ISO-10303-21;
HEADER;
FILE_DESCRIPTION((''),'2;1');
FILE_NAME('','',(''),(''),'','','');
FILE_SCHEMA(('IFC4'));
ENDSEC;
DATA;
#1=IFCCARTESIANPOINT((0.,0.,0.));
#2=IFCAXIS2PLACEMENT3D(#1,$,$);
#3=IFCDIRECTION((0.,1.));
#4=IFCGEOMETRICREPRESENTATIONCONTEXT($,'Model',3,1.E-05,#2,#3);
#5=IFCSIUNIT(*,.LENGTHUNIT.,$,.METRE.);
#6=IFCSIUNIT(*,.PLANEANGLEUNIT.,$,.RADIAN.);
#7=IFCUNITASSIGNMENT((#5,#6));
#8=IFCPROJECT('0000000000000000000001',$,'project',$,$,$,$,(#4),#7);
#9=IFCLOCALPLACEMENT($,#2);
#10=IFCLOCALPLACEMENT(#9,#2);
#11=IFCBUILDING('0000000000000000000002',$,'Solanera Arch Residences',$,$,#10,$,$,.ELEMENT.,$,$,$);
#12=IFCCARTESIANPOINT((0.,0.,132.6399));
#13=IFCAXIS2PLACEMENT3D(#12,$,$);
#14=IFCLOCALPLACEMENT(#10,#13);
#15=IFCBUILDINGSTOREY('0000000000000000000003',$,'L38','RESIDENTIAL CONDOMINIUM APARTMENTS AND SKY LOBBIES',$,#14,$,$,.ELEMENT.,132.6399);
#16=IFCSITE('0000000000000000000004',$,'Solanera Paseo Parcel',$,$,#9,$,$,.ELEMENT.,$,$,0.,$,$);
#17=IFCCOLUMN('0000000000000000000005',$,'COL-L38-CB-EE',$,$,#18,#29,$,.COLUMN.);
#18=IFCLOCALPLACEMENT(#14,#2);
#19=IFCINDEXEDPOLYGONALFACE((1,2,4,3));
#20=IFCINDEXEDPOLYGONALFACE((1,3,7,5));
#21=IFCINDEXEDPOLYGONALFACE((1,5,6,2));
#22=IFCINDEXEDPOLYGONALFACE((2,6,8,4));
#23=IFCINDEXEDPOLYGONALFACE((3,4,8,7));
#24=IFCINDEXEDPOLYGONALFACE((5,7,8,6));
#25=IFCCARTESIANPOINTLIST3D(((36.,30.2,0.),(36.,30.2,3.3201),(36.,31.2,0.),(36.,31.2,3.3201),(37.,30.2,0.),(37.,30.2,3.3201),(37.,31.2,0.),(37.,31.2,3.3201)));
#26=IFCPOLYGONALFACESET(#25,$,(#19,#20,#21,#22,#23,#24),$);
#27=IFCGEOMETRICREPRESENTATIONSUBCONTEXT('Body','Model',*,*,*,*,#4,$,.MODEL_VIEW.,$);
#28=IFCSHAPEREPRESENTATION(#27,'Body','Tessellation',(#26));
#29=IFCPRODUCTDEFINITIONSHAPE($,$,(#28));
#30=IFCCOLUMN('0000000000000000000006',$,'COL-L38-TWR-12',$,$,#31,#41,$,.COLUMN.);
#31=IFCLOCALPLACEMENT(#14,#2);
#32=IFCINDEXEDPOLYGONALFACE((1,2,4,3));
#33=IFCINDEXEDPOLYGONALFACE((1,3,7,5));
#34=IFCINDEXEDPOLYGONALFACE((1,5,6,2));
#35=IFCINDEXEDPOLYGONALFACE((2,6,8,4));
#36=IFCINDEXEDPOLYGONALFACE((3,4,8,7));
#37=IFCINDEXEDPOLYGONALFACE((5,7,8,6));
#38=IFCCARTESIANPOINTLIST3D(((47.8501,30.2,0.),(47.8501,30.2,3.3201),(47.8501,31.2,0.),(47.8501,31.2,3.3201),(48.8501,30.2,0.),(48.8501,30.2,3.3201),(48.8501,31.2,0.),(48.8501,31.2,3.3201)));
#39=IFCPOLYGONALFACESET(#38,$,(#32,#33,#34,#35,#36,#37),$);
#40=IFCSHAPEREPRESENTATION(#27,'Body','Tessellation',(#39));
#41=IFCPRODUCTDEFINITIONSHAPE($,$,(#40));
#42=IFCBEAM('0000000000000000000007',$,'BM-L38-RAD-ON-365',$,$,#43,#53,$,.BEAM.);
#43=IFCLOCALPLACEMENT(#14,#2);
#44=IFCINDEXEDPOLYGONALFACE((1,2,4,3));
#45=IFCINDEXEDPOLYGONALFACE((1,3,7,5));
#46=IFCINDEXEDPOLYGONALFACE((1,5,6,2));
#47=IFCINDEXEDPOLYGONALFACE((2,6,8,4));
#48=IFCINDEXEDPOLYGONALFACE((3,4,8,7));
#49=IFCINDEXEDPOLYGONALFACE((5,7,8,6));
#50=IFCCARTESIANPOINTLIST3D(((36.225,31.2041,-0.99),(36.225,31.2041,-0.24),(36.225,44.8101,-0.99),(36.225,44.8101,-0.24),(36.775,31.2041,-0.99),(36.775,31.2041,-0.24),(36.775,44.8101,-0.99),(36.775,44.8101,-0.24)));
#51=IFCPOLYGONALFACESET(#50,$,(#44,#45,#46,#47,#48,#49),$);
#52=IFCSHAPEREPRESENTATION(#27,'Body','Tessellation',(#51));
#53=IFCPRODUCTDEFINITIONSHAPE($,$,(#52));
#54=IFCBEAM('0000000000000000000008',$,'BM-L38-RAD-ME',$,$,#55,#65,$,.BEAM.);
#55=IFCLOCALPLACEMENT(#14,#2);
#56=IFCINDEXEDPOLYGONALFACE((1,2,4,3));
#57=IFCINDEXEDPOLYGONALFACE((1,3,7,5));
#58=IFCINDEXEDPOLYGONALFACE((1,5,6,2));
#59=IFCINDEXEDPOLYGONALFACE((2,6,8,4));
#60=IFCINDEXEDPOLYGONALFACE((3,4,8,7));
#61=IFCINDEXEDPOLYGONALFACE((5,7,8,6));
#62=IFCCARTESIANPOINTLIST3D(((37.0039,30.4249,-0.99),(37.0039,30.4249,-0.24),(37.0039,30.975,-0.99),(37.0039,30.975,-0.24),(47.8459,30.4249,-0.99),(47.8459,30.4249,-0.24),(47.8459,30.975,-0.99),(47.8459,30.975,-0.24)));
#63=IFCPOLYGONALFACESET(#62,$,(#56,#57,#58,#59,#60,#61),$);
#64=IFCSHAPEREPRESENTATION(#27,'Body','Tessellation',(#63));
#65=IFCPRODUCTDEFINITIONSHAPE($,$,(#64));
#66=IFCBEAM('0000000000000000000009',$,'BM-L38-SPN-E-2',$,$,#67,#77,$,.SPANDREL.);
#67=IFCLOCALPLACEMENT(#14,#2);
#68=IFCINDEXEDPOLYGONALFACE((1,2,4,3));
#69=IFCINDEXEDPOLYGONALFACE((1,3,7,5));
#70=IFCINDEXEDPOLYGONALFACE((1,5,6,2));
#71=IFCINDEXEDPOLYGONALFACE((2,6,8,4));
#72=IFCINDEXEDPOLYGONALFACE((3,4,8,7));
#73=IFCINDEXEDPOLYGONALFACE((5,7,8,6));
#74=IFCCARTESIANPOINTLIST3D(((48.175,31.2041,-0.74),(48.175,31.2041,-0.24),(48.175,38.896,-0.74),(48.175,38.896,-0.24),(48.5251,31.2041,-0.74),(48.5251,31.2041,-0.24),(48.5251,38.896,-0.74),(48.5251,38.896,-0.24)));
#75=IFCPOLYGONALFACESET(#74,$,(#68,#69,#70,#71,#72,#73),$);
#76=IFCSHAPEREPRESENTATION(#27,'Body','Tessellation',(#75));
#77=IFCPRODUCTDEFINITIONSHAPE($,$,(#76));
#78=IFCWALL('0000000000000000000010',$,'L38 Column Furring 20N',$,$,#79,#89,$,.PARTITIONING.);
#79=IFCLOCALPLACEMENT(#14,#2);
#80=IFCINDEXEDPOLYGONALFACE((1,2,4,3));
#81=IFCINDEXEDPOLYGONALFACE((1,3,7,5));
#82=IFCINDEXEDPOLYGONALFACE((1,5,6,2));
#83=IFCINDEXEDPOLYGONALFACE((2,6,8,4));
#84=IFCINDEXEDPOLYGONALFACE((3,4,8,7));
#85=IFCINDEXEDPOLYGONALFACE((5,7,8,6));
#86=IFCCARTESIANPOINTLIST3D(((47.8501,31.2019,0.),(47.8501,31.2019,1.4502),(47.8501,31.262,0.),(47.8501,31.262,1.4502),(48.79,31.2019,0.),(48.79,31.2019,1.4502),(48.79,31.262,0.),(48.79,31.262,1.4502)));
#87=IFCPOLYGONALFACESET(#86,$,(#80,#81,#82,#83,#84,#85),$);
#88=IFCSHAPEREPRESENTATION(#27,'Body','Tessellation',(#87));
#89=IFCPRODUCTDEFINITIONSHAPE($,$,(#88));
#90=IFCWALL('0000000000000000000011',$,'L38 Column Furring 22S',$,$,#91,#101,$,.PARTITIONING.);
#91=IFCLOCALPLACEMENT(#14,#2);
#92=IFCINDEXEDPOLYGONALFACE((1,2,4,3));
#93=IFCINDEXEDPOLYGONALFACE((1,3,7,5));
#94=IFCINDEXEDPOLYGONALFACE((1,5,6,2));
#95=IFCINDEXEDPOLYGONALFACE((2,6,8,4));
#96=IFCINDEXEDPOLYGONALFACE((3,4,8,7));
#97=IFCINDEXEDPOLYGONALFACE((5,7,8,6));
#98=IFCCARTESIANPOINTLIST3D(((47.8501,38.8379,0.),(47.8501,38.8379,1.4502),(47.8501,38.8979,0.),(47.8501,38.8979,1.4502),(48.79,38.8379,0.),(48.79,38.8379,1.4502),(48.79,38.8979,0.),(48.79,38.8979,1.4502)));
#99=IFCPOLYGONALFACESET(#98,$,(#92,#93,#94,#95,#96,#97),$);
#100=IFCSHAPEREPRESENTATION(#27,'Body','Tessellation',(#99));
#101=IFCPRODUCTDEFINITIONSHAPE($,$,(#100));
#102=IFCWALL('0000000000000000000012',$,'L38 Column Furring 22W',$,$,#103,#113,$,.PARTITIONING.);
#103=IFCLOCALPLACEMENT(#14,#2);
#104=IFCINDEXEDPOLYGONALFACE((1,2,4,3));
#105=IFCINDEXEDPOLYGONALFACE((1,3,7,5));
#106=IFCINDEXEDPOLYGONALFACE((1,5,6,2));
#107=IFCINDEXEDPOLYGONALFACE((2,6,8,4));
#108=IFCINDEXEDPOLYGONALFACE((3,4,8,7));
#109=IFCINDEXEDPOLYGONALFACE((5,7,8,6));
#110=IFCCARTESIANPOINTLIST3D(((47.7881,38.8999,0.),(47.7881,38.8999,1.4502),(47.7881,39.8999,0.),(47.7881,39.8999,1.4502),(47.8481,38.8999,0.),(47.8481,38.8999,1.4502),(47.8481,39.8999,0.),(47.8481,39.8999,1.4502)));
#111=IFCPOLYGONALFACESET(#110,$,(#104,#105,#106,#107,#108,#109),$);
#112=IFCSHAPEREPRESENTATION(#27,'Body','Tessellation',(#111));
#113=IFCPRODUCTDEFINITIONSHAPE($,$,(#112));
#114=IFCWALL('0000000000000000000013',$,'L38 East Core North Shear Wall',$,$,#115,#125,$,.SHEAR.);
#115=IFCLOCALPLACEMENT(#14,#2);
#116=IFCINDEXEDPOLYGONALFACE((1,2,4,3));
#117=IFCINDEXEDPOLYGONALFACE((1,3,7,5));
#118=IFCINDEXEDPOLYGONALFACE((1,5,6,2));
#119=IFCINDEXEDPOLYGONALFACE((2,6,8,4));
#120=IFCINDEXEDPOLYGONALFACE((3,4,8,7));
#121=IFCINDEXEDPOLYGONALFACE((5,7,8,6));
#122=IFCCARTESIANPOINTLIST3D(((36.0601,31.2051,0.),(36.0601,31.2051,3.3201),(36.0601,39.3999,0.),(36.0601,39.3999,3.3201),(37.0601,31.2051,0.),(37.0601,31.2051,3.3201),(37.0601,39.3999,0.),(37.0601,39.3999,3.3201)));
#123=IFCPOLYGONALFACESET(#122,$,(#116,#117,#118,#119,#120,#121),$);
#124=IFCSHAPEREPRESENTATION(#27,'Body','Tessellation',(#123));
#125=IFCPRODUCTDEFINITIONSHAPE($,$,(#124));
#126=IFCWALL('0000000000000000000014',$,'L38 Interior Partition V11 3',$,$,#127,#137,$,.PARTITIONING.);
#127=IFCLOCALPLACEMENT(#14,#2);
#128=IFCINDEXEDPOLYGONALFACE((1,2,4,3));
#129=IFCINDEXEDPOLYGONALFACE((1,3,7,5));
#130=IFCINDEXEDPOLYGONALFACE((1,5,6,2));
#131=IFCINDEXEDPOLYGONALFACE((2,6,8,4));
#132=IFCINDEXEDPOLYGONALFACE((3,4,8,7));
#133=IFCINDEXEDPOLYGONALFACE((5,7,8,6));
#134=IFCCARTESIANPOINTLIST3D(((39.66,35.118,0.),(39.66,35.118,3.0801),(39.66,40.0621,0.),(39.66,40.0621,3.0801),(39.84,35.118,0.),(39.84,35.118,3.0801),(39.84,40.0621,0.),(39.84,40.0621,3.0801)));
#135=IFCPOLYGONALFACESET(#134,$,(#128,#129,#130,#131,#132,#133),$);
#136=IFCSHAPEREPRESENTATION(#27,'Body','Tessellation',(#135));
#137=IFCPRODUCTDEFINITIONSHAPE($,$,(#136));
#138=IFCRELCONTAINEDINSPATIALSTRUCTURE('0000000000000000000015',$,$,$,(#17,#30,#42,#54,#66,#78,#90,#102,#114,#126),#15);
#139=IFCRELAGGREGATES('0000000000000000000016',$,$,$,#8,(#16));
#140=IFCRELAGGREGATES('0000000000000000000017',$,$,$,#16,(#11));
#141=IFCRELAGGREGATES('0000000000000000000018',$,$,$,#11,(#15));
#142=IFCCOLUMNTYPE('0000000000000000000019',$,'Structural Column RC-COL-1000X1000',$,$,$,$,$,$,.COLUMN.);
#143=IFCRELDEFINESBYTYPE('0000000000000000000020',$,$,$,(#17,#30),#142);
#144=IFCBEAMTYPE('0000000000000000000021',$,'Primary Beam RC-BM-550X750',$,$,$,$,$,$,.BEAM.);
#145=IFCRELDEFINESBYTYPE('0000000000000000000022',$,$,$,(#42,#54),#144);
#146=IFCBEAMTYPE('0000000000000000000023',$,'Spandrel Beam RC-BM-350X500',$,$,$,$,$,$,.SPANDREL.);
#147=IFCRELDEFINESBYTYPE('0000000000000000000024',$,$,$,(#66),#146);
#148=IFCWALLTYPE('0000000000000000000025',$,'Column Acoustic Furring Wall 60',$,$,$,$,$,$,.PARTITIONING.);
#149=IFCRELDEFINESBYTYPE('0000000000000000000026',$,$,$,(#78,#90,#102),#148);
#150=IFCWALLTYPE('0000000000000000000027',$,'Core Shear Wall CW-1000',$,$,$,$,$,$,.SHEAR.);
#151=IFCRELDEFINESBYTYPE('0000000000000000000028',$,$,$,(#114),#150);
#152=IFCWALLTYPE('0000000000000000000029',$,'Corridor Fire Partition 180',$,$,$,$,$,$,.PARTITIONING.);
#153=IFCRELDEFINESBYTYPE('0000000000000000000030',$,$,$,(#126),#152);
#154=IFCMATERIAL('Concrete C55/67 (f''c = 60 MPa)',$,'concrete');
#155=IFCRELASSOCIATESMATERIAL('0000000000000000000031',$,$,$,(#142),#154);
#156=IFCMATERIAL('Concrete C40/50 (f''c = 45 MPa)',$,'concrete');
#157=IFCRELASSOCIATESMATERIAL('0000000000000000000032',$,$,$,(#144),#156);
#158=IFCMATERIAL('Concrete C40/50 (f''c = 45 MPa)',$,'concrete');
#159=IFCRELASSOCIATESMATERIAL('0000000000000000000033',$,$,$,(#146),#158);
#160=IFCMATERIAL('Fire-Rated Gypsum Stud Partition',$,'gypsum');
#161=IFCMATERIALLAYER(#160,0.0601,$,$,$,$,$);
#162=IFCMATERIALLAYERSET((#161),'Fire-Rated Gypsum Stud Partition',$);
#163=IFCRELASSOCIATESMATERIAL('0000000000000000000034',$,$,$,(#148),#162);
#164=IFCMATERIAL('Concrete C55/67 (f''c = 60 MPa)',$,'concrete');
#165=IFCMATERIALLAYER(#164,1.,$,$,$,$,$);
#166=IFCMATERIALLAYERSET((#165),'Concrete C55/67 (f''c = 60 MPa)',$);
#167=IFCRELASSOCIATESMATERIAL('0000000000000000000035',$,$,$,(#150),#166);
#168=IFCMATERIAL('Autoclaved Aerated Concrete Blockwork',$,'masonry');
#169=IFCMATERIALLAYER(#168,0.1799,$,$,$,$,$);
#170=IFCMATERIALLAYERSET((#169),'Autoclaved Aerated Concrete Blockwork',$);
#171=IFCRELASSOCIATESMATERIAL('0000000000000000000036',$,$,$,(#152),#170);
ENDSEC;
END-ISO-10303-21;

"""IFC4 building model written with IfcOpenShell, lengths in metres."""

from ifc_helpers import new_model, si_unit, direction, frame, frame_2d, origin, origin_2d, place, context, subcontext, project, spatial, rectangle, extrude, material, layer, layer_set, material_profile, profile_set, type_object, element, save


model = new_model("IFC4")

# Units and contexts
model_context = context("Model", 3, precision=1e-05, world=origin(), true_north=direction((0.0, 1.0)))
body_context = subcontext(model_context, "Body", "Model", "MODEL_VIEW")
ifc_project = project(units=[si_unit("LENGTHUNIT", "METRE"), si_unit("PLANEANGLEUNIT", "RADIAN")], contexts=[model_context])

# Site, building, storey
site_placement = place(None, origin())
site = spatial("IfcSite", under=ifc_project, at=site_placement, Name="Solanera Paseo Parcel", CompositionType="ELEMENT", RefElevation=0.0)
building_placement = place(site_placement, origin())
building = spatial("IfcBuilding", under=site, at=building_placement, Name="Solanera Arch Residences", CompositionType="ELEMENT")
storey_placement = place(building_placement, frame((0.0, 0.0, 132.6399)))
storey = spatial("IfcBuildingStorey", under=building, at=storey_placement, Name="L38", Description="RESIDENTIAL CONDOMINIUM APARTMENTS AND SKY LOBBIES", CompositionType="ELEMENT", Elevation=132.6399)

# Columns
ifc_material_1 = material(Name="Concrete C55/67 (f'c = 60 MPa)", Category="concrete")
ifc_material_profile_1 = material_profile(ifc_material_1, rectangle(XDim=1.0, YDim=1.0, at=origin_2d()))
ifc_profile_set_1 = profile_set([ifc_material_profile_1], Name="Concrete C55/67 (f'c = 60 MPa)")
column_type = type_object("IfcColumnType", Name="Structural Column RC-COL-1000X1000", PredefinedType="COLUMN", material=ifc_profile_set_1)
for number, where, z_axis, x_axis, name in (
    (1, (36.5, 30.7, 0.0), (0.0, 0.0, 1.0), (1.0, 0.0, 0.0), "COL-L38-CB-EE"),
    (2, (48.3501, 30.7, 0.0), (0.0, 0.0, 1.0), (1.0, 0.0, 0.0), "COL-L38-TWR-12"),
):
    element("IfcColumn", number, at=place(storey_placement, frame(where, z_axis=z_axis, x_axis=x_axis)), inside=storey, type_object=column_type, Name=name, PredefinedType="COLUMN", context=body_context, shape_type="SweptSolid", body=[
        extrude(rectangle(XDim=1.0, YDim=1.0, at=origin_2d()), origin(), (0.0, 0.0, 1.0), 3.3201),
    ])

# Beams
ifc_material_2 = material(Name="Concrete C40/50 (f'c = 45 MPa)", Category="concrete")
ifc_material_profile_2 = material_profile(ifc_material_2, rectangle(XDim=0.55, YDim=0.75, at=origin_2d()))
ifc_profile_set_2 = profile_set([ifc_material_profile_2], Name="Concrete C40/50 (f'c = 45 MPa)")
beam_type_1 = type_object("IfcBeamType", Name="Primary Beam RC-BM-550X750", PredefinedType="BEAM", material=ifc_profile_set_2)
beam_1_placement = place(storey_placement, frame((36.5, 31.2041, -0.615), z_axis=(0.0, 1.0, 0.0), x_axis=(-1.0, 0.0, 0.0)))
element("IfcBeam", 3, at=beam_1_placement, inside=storey, type_object=beam_type_1, Name="BM-L38-RAD-ON-365", PredefinedType="BEAM", context=body_context, shape_type="SweptSolid", body=[
    extrude(rectangle(XDim=0.55, YDim=0.75, at=origin_2d()), origin(), (0.0, 0.0, 1.0), 13.606),
])
beam_2_placement = place(storey_placement, frame((37.0039, 30.7, -0.615), z_axis=(1.0, 0.0, 0.0), x_axis=(0.0, 1.0, 0.0)))
element("IfcBeam", 4, at=beam_2_placement, inside=storey, type_object=beam_type_1, Name="BM-L38-RAD-ME", PredefinedType="BEAM", context=body_context, shape_type="SweptSolid", body=[
    extrude(rectangle(XDim=0.55, YDim=0.75, at=origin_2d()), origin(), (0.0, 0.0, 1.0), 10.842),
])
ifc_material_3 = material(Name="Concrete C40/50 (f'c = 45 MPa)", Category="concrete")
ifc_material_profile_3 = material_profile(ifc_material_3, rectangle(XDim=0.3501, YDim=0.5, at=origin_2d()))
ifc_profile_set_3 = profile_set([ifc_material_profile_3], Name="Concrete C40/50 (f'c = 45 MPa)")
beam_type_2 = type_object("IfcBeamType", Name="Spandrel Beam RC-BM-350X500", PredefinedType="SPANDREL", material=ifc_profile_set_3)
beam_3_placement = place(storey_placement, frame((48.3501, 31.2041, -0.49), z_axis=(0.0, 1.0, 0.0), x_axis=(-1.0, 0.0, 0.0)))
element("IfcBeam", 5, at=beam_3_placement, inside=storey, type_object=beam_type_2, Name="BM-L38-SPN-E-2", PredefinedType="SPANDREL", context=body_context, shape_type="SweptSolid", body=[
    extrude(rectangle(XDim=0.3501, YDim=0.5, at=origin_2d()), origin(), (0.0, 0.0, 1.0), 7.6919),
])

# Walls
ifc_material_4 = material(Name="Fire-Rated Gypsum Stud Partition", Category="gypsum")
ifc_layer_1 = layer(ifc_material_4, 0.0601)
ifc_layer_set_1 = layer_set([ifc_layer_1], Name="Fire-Rated Gypsum Stud Partition")
wall_type_1 = type_object("IfcWallType", Name="Column Acoustic Furring Wall 60", PredefinedType="PARTITIONING", material=ifc_layer_set_1)
for number, where, z_axis, x_axis, name in (
    (6, (47.8501, 31.2319, 0.0), (0.0, 0.0, 1.0), (1.0, 0.0, 0.0), "L38 Column Furring 20N"),
    (7, (47.8501, 38.8679, 0.0), (0.0, 0.0, 1.0), (1.0, 0.0, 0.0), "L38 Column Furring 22S"),
):
    element("IfcWall", number, at=place(storey_placement, frame(where, z_axis=z_axis, x_axis=x_axis)), inside=storey, type_object=wall_type_1, Name=name, PredefinedType="PARTITIONING", context=body_context, shape_type="SweptSolid", body=[
        extrude(rectangle(XDim=0.9399, YDim=0.0601, at=frame_2d((0.47, 0.0))), origin(), (0.0, 0.0, 1.0), 1.4502),
    ])
wall_1_placement = place(storey_placement, frame((47.8181, 38.8999, 0.0), z_axis=(0.0, 0.0, 1.0), x_axis=(0.0, 1.0, 0.0)))
element("IfcWall", 8, at=wall_1_placement, inside=storey, type_object=wall_type_1, Name="L38 Column Furring 22W", PredefinedType="PARTITIONING", context=body_context, shape_type="SweptSolid", body=[
    extrude(rectangle(XDim=1.0, YDim=0.0601, at=frame_2d((0.5, 0.0))), origin(), (0.0, 0.0, 1.0), 1.4502),
])
ifc_material_5 = material(Name="Concrete C55/67 (f'c = 60 MPa)", Category="concrete")
ifc_layer_2 = layer(ifc_material_5, 1.0)
ifc_layer_set_2 = layer_set([ifc_layer_2], Name="Concrete C55/67 (f'c = 60 MPa)")
wall_type_2 = type_object("IfcWallType", Name="Core Shear Wall CW-1000", PredefinedType="SHEAR", material=ifc_layer_set_2)
wall_2_placement = place(storey_placement, frame((36.5601, 31.2051, 0.0), z_axis=(0.0, 0.0, 1.0), x_axis=(0.0, 1.0, 0.0)))
element("IfcWall", 9, at=wall_2_placement, inside=storey, type_object=wall_type_2, Name="L38 East Core North Shear Wall", PredefinedType="SHEAR", context=body_context, shape_type="SweptSolid", body=[
    extrude(rectangle(XDim=8.1948, YDim=1.0, at=frame_2d((4.0974, 0.0))), origin(), (0.0, 0.0, 1.0), 3.3201),
])
ifc_material_6 = material(Name="Autoclaved Aerated Concrete Blockwork", Category="masonry")
ifc_layer_3 = layer(ifc_material_6, 0.1799)
ifc_layer_set_3 = layer_set([ifc_layer_3], Name="Autoclaved Aerated Concrete Blockwork")
wall_type_3 = type_object("IfcWallType", Name="Corridor Fire Partition 180", PredefinedType="PARTITIONING", material=ifc_layer_set_3)
wall_3_placement = place(storey_placement, frame((39.75, 35.1179, 0.0), z_axis=(0.0, 0.0, 1.0), x_axis=(0.0, 1.0, 0.0)))
element("IfcWall", 10, at=wall_3_placement, inside=storey, type_object=wall_type_3, Name="L38 Interior Partition V11 3", PredefinedType="PARTITIONING", context=body_context, shape_type="SweptSolid", body=[
    extrude(rectangle(XDim=4.9441, YDim=0.1799, at=frame_2d((2.4722, 0.0))), origin(), (0.0, 0.0, 1.0), 3.0801),
])

save(model, "model.ifc")
